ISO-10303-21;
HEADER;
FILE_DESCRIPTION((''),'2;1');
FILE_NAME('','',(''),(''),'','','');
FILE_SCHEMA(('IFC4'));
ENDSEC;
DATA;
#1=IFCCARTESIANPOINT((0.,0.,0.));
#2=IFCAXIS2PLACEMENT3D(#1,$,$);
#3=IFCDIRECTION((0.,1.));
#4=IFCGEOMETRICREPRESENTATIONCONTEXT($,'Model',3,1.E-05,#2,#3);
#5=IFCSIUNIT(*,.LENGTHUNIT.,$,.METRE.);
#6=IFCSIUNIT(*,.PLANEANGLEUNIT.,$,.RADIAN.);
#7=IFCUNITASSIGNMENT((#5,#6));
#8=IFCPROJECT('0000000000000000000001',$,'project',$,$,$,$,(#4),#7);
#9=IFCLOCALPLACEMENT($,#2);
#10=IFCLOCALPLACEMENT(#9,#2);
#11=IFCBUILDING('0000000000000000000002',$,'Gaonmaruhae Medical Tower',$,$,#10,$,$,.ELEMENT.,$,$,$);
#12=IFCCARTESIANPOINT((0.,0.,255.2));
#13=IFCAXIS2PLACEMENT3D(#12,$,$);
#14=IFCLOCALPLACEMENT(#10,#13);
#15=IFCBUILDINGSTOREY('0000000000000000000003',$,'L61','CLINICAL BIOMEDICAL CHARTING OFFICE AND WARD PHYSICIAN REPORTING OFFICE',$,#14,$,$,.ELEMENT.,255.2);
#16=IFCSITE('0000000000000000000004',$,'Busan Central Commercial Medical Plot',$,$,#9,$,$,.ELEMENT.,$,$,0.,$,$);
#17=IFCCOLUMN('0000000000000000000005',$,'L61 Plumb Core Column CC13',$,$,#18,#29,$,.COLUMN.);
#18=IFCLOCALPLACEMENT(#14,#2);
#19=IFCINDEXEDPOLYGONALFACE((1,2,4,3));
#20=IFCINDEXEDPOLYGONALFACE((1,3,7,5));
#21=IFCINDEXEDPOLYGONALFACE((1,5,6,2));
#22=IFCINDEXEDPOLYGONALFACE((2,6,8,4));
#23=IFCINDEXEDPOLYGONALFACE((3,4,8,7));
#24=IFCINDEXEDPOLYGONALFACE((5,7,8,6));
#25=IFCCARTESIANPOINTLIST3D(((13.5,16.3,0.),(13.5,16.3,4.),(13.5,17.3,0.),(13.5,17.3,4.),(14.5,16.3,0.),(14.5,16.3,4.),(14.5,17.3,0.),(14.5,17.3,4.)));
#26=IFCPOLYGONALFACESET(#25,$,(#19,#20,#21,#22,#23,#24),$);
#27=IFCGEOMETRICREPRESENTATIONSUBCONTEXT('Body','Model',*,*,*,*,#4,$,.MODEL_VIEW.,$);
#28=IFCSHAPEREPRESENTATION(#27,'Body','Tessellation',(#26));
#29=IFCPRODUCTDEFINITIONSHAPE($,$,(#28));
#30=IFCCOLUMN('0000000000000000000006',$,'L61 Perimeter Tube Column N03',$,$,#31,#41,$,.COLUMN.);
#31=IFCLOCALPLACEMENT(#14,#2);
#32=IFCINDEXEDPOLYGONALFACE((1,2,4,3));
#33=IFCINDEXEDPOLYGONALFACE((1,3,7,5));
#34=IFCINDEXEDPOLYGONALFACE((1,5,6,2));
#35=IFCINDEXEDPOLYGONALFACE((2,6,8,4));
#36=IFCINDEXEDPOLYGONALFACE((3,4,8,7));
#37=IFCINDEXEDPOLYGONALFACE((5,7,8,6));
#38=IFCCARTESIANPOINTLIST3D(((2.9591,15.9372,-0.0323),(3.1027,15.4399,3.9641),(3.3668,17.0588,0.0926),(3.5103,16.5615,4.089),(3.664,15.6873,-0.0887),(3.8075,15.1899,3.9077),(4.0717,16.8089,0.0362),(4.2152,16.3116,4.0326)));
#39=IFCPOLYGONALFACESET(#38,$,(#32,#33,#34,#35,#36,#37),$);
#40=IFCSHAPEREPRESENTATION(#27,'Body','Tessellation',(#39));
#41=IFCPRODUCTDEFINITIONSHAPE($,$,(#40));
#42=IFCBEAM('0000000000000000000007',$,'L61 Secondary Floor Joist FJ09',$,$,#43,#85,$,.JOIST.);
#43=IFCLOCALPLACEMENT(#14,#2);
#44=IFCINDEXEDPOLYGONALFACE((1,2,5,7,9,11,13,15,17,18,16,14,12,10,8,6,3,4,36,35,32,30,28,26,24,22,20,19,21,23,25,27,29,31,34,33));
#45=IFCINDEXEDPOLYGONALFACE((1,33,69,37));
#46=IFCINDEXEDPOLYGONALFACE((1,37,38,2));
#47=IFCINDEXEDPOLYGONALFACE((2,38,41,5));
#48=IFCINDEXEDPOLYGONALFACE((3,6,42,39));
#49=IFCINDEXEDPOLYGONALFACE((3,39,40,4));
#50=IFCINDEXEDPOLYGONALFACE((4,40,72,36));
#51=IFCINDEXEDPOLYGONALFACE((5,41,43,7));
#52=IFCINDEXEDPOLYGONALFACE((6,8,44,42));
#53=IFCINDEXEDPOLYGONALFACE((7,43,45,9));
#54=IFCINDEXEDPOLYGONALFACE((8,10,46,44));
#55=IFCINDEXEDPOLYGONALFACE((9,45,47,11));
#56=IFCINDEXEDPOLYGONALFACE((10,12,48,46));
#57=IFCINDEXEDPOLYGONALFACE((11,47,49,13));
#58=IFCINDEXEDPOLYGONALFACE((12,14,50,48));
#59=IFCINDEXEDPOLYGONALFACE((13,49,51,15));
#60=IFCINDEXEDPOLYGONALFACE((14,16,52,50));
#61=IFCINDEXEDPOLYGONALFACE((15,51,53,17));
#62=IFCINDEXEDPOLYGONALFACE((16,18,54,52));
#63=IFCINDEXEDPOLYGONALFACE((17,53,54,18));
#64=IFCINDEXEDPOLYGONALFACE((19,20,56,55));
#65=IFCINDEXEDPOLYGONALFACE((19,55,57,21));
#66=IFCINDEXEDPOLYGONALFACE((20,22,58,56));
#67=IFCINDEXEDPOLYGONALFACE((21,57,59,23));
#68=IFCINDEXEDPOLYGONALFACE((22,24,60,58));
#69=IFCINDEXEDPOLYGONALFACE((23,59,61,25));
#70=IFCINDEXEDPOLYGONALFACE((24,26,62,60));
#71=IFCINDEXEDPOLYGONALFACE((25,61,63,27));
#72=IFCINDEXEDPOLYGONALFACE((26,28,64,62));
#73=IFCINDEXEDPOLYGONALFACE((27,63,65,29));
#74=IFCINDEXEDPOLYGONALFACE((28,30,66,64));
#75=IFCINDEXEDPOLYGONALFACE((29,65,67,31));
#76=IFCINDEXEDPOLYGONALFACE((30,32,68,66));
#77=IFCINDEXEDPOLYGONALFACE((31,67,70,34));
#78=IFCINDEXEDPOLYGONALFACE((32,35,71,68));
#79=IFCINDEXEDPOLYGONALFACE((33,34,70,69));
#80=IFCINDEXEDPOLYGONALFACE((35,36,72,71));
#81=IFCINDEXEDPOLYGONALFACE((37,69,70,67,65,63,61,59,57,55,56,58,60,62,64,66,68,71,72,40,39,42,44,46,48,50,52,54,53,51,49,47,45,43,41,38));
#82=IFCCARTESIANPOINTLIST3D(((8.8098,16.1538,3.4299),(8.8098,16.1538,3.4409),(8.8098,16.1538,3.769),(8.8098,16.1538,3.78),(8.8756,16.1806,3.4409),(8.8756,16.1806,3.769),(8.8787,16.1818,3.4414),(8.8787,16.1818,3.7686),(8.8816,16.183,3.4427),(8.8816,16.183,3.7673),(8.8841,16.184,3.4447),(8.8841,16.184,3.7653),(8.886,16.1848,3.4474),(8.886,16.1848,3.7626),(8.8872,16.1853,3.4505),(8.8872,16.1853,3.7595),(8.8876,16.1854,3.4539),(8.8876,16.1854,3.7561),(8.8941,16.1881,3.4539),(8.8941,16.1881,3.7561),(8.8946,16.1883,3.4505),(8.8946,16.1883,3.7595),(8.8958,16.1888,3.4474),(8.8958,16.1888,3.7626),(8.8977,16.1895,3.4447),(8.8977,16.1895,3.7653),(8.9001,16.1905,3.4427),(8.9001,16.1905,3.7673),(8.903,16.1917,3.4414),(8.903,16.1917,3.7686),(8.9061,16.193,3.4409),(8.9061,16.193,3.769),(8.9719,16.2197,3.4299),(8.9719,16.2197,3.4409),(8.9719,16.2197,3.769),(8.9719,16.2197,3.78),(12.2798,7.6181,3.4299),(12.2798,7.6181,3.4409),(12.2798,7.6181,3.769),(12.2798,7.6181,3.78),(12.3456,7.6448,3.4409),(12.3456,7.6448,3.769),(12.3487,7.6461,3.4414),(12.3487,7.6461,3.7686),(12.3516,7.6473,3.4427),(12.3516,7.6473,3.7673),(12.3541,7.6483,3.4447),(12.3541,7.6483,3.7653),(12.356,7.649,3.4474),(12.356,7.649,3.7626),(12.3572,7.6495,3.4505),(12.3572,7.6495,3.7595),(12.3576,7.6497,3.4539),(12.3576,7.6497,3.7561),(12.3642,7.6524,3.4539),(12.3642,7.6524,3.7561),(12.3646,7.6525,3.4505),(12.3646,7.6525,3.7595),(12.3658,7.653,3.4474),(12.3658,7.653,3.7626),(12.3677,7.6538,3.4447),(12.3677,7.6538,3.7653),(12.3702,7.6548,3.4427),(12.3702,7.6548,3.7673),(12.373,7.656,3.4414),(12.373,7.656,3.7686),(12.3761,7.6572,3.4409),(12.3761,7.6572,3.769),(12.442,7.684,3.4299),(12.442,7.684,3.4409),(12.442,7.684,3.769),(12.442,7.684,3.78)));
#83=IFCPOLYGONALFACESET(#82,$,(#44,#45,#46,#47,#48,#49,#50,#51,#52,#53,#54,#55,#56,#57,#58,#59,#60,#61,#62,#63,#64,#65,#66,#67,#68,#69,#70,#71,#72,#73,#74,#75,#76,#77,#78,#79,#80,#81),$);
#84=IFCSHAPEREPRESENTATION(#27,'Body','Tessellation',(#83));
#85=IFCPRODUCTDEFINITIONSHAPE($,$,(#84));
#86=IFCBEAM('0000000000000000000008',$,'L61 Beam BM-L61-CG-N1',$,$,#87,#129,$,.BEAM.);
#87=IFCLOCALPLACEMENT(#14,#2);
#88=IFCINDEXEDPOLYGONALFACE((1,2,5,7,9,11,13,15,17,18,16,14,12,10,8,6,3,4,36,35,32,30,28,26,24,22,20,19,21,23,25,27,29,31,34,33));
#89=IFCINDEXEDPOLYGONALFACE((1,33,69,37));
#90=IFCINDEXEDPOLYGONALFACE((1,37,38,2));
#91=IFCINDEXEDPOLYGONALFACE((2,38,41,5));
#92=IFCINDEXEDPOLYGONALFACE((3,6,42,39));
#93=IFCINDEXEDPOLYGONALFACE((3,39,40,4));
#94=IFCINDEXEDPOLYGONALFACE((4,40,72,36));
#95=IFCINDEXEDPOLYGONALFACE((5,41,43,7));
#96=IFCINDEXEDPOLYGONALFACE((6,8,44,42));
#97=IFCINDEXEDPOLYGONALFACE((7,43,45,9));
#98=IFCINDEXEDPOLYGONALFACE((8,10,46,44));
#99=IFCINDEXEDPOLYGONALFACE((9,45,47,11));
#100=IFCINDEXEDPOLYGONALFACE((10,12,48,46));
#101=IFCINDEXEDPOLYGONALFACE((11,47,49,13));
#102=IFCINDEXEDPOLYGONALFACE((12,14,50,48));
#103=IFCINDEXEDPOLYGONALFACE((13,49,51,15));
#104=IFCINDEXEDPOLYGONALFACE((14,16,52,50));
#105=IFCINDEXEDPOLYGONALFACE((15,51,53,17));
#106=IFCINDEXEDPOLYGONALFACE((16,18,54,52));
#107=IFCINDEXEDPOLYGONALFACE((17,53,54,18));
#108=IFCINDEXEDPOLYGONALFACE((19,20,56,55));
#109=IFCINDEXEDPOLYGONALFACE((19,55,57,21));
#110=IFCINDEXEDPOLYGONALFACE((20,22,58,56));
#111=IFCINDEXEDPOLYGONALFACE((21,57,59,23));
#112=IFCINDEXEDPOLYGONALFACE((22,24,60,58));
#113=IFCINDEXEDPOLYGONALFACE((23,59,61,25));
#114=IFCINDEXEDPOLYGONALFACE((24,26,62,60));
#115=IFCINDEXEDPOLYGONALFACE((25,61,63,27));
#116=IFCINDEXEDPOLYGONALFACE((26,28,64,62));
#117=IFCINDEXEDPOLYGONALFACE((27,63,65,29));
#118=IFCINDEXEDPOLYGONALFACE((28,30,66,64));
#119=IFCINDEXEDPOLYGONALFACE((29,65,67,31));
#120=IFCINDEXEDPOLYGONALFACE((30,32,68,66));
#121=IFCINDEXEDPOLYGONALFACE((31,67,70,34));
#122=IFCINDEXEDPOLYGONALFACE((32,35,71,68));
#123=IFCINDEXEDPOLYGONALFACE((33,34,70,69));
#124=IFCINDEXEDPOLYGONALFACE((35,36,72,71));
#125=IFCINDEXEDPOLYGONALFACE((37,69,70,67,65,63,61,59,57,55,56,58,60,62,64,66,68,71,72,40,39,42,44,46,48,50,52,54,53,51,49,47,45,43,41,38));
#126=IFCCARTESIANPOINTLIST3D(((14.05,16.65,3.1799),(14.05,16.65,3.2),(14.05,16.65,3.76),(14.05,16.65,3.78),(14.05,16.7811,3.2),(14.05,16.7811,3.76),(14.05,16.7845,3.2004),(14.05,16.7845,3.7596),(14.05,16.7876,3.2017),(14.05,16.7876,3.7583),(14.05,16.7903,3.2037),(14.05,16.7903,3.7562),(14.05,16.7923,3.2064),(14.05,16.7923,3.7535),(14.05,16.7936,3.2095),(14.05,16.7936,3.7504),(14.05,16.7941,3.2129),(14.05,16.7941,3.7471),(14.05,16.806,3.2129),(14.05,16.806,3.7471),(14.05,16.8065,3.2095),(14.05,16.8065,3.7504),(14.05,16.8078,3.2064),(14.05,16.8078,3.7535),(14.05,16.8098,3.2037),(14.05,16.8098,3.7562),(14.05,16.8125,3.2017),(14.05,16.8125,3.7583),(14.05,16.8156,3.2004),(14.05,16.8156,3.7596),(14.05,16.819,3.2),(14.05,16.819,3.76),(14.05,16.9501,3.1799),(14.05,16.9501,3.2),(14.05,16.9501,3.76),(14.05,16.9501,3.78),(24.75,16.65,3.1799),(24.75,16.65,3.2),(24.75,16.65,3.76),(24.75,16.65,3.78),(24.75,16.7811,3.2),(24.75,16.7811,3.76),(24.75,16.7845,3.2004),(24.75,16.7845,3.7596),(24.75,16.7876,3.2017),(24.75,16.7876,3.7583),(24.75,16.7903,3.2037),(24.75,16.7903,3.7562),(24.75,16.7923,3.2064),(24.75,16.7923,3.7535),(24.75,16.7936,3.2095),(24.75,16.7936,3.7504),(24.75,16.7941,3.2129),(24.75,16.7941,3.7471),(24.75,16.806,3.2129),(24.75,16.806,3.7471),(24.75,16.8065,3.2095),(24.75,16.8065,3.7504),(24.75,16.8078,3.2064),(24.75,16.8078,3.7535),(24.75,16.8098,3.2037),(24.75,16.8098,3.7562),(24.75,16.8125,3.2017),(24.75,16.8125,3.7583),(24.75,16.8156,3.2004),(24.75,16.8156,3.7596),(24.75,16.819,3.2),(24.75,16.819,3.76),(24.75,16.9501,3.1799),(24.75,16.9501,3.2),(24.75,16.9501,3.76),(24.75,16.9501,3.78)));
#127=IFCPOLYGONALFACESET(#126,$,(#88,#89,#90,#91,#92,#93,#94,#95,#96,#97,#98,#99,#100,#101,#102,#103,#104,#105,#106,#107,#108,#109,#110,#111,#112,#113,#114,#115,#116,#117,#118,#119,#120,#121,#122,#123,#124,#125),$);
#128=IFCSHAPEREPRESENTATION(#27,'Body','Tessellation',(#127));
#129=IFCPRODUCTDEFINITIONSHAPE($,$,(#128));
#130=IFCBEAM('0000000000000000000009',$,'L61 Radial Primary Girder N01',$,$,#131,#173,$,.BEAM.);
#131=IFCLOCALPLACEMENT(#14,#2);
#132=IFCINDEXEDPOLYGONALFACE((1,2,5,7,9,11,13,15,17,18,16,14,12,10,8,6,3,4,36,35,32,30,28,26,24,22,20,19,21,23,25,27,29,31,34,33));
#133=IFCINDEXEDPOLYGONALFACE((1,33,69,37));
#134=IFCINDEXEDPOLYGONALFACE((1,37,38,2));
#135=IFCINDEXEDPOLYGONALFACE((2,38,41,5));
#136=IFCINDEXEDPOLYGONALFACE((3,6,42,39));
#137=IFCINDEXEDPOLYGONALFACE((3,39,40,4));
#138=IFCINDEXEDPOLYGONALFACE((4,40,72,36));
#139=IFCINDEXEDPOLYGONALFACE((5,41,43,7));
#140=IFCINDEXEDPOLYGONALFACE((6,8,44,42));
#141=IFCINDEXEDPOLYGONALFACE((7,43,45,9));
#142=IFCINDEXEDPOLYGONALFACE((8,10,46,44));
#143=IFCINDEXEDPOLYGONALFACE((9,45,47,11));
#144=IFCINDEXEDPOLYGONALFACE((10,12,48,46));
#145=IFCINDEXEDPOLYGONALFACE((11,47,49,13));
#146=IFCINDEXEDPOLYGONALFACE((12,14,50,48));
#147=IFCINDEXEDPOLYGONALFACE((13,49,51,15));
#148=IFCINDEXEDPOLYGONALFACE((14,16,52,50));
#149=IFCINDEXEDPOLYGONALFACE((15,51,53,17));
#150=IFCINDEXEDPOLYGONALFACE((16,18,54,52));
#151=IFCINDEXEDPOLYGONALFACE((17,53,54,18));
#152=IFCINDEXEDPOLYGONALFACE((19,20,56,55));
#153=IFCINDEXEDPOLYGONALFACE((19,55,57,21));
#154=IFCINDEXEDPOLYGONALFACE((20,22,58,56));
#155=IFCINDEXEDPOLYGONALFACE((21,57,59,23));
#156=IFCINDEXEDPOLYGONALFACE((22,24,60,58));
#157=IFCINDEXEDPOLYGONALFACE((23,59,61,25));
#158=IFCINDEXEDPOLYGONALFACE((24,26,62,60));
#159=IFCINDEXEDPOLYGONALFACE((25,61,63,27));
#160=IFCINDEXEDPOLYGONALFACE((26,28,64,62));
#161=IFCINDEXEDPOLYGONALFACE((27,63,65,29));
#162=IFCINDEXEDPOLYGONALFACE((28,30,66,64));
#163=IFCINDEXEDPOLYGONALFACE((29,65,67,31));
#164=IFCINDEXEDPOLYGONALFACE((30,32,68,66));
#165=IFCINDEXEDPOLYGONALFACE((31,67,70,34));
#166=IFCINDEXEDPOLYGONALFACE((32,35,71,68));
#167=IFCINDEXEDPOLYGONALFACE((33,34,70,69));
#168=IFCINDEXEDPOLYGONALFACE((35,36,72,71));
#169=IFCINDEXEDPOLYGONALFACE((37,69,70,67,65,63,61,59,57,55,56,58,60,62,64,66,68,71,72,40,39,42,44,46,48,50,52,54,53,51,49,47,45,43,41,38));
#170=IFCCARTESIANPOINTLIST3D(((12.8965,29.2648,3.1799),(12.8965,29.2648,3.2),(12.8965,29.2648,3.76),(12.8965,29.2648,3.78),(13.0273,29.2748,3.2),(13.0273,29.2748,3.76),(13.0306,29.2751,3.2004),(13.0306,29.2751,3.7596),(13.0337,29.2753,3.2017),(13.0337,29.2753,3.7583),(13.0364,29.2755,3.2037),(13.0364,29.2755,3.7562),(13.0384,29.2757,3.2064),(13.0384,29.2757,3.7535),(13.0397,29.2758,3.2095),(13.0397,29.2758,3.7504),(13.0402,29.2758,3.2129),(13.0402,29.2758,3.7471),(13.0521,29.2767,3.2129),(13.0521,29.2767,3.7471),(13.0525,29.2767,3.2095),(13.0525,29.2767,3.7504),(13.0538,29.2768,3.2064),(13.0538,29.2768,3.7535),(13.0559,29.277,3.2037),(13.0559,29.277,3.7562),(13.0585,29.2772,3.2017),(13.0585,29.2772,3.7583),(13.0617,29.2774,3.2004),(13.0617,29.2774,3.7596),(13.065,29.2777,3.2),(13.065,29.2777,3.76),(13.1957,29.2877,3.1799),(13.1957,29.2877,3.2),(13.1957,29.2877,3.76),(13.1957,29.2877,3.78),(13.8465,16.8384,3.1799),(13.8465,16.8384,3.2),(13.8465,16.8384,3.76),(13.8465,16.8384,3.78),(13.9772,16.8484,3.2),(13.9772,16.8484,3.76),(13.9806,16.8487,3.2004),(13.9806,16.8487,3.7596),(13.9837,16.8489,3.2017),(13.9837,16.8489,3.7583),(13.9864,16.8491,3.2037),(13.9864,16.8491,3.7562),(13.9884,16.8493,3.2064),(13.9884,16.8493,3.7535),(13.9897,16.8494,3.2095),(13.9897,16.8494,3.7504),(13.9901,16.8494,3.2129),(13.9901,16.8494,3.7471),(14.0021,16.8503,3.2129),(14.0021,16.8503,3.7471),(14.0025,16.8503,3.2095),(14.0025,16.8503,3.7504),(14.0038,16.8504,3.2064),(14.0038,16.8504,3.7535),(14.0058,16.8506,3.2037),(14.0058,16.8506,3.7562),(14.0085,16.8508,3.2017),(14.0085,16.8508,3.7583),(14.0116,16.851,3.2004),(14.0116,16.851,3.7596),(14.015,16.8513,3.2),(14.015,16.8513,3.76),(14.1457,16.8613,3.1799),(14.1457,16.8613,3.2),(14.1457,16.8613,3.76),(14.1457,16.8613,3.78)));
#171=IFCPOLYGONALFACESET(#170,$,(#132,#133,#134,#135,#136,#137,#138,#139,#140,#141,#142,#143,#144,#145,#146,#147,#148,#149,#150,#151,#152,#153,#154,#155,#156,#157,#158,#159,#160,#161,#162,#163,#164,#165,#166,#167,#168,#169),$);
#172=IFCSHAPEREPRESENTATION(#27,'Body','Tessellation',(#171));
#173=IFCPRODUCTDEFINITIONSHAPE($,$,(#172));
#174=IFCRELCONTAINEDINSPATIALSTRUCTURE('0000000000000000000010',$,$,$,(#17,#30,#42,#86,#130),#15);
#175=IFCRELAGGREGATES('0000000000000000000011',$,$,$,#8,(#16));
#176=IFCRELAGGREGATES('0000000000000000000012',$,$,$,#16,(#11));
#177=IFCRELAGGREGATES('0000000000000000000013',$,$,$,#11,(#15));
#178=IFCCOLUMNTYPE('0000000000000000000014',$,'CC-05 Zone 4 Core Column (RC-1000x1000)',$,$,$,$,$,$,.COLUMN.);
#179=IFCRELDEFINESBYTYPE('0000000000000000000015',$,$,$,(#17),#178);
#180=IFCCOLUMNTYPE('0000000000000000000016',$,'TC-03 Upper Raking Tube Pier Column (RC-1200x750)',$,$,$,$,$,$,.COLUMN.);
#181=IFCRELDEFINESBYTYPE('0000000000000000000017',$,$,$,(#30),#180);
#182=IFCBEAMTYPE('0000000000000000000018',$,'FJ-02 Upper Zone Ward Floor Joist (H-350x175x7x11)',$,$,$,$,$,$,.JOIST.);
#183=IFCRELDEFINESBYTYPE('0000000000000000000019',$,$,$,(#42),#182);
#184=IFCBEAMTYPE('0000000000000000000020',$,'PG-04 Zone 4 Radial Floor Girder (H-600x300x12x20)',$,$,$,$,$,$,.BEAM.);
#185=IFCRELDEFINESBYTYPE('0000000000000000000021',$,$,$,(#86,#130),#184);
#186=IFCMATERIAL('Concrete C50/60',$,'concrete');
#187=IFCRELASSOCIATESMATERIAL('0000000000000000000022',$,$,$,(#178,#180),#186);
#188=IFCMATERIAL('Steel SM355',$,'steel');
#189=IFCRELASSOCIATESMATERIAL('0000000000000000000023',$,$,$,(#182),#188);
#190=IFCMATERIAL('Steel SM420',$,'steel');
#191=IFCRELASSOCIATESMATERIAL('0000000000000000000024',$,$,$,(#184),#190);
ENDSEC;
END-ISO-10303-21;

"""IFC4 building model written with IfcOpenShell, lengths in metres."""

from ifc_helpers import new_model, si_unit, direction, frame, origin, origin_2d, place, context, subcontext, project, spatial, rectangle, i_section, extrude, material, material_profile, profile_set, type_object, element, save


model = new_model("IFC4")

# Units and contexts
model_context = context("Model", 3, precision=1e-05, world=origin(), true_north=direction((0.0, 1.0)))
body_context = subcontext(model_context, "Body", "Model", "MODEL_VIEW")
ifc_project = project(units=[si_unit("LENGTHUNIT", "METRE"), si_unit("PLANEANGLEUNIT", "RADIAN")], contexts=[model_context])

# Site, building, storey
site_placement = place(None, origin())
site = spatial("IfcSite", under=ifc_project, at=site_placement, Name="Busan Central Commercial Medical Plot", CompositionType="ELEMENT", RefElevation=0.0)
building_placement = place(site_placement, origin())
building = spatial("IfcBuilding", under=site, at=building_placement, Name="Gaonmaruhae Medical Tower", CompositionType="ELEMENT")
storey_placement = place(building_placement, frame((0.0, 0.0, 255.2)))
storey = spatial("IfcBuildingStorey", under=building, at=storey_placement, Name="L61", Description="CLINICAL BIOMEDICAL CHARTING OFFICE AND WARD PHYSICIAN REPORTING OFFICE", CompositionType="ELEMENT", Elevation=255.2)

# Columns
ifc_material_1 = material(Name="Concrete C50/60", Category="concrete")
ifc_material_profile_1 = material_profile(ifc_material_1, rectangle(XDim=1.0, YDim=1.0, at=origin_2d()), Name="RC-1000x1000")
ifc_profile_set_1 = profile_set([ifc_material_profile_1], Name="Concrete C50/60")
column_type_1 = type_object("IfcColumnType", Name="CC-05 Zone 4 Core Column (RC-1000x1000)", PredefinedType="COLUMN", material=ifc_profile_set_1)
column_1_placement = place(storey_placement, frame((14.0, 16.8, 0.0), z_axis=(0.0, 0.0, 1.0), x_axis=(1.0, 0.0, 0.0)))
element("IfcColumn", 1, at=column_1_placement, inside=storey, type_object=column_type_1, Name="L61 Plumb Core Column CC13", PredefinedType="COLUMN", context=body_context, shape_type="SweptSolid", body=[
    extrude(rectangle(XDim=1.0, YDim=1.0, at=origin_2d()), origin(), (0.0, 0.0, 1.0), 4.0),
])
ifc_material_profile_2 = material_profile(ifc_material_1, rectangle(XDim=1.2, YDim=0.75, at=origin_2d()), Name="RC-1200x750")
ifc_profile_set_2 = profile_set([ifc_material_profile_2], Name="Concrete C50/60")
column_type_2 = type_object("IfcColumnType", Name="TC-03 Upper Raking Tube Pier Column (RC-1200x750)", PredefinedType="COLUMN", material=ifc_profile_set_2)
column_2_placement = place(storey_placement, frame((3.5154, 16.373, 0.002), z_axis=(0.035624, -0.123412, 0.991716), x_axis=(0.339758, 0.934732, 0.104116)))
element("IfcColumn", 2, at=column_2_placement, inside=storey, type_object=column_type_2, Name="L61 Perimeter Tube Column N03", PredefinedType="COLUMN", context=body_context, shape_type="SweptSolid", body=[
    extrude(rectangle(XDim=1.2, YDim=0.75, at=origin_2d()), origin(), (0.0, 0.0, 1.0), 4.0298),
])

# Beams
ifc_material_2 = material(Name="Steel SM355", Category="steel")
ifc_material_profile_3 = material_profile(ifc_material_2, i_section(OverallWidth=0.175, OverallDepth=0.3501, WebThickness=0.0071, FlangeThickness=0.011, FilletRadius=0.0129, at=origin_2d()), Name="H-350x175x7x11")
ifc_profile_set_3 = profile_set([ifc_material_profile_3], Name="Steel SM355")
beam_type_1 = type_object("IfcBeamType", Name="FJ-02 Upper Zone Ward Floor Joist (H-350x175x7x11)", PredefinedType="JOIST", material=ifc_profile_set_3)
beam_1_placement = place(storey_placement, frame((8.8909, 16.1868, 3.605), z_axis=(0.376597, -0.926377, 0.0), x_axis=(0.926377, 0.376597, 0.0)))
element("IfcBeam", 3, at=beam_1_placement, inside=storey, type_object=beam_type_1, Name="L61 Secondary Floor Joist FJ09", PredefinedType="JOIST", context=body_context, shape_type="SweptSolid", body=[
    extrude(i_section(OverallWidth=0.175, OverallDepth=0.3501, WebThickness=0.0071, FlangeThickness=0.011, FilletRadius=0.0129, at=origin_2d()), origin(), (0.0, 0.0, 1.0), 9.2141),
])
ifc_material_3 = material(Name="Steel SM420", Category="steel")
ifc_material_profile_4 = material_profile(ifc_material_3, i_section(OverallWidth=0.3, OverallDepth=0.6001, WebThickness=0.012, FlangeThickness=0.02, FilletRadius=0.0129, at=origin_2d()), Name="H-600x300x12x20")
ifc_profile_set_4 = profile_set([ifc_material_profile_4], Name="Steel SM420")
beam_type_2 = type_object("IfcBeamType", Name="PG-04 Zone 4 Radial Floor Girder (H-600x300x12x20)", PredefinedType="BEAM", material=ifc_profile_set_4)
beam_2_placement = place(storey_placement, frame((14.05, 16.8, 3.48), z_axis=(1.0, 0.0, 0.0), x_axis=(0.0, 1.0, 0.0)))
element("IfcBeam", 4, at=beam_2_placement, inside=storey, type_object=beam_type_2, Name="L61 Beam BM-L61-CG-N1", PredefinedType="BEAM", context=body_context, shape_type="SweptSolid", body=[
    extrude(i_section(OverallWidth=0.3, OverallDepth=0.6001, WebThickness=0.012, FlangeThickness=0.02, FilletRadius=0.0129, at=origin_2d()), origin(), (0.0, 0.0, 1.0), 10.7),
])
beam_3_placement = place(storey_placement, frame((13.9961, 16.8499, 3.48), z_axis=(-0.076225, 0.997091, 0.0), x_axis=(-0.997091, -0.076225, 0.0)))
element("IfcBeam", 5, at=beam_3_placement, inside=storey, type_object=beam_type_2, Name="L61 Radial Primary Girder N01", PredefinedType="BEAM", context=body_context, shape_type="SweptSolid", body=[
    extrude(i_section(OverallWidth=0.3, OverallDepth=0.6001, WebThickness=0.012, FlangeThickness=0.02, FilletRadius=0.0129, at=origin_2d()), origin(), (0.0, 0.0, 1.0), 12.4626),
])

save(model, "model.ifc")
